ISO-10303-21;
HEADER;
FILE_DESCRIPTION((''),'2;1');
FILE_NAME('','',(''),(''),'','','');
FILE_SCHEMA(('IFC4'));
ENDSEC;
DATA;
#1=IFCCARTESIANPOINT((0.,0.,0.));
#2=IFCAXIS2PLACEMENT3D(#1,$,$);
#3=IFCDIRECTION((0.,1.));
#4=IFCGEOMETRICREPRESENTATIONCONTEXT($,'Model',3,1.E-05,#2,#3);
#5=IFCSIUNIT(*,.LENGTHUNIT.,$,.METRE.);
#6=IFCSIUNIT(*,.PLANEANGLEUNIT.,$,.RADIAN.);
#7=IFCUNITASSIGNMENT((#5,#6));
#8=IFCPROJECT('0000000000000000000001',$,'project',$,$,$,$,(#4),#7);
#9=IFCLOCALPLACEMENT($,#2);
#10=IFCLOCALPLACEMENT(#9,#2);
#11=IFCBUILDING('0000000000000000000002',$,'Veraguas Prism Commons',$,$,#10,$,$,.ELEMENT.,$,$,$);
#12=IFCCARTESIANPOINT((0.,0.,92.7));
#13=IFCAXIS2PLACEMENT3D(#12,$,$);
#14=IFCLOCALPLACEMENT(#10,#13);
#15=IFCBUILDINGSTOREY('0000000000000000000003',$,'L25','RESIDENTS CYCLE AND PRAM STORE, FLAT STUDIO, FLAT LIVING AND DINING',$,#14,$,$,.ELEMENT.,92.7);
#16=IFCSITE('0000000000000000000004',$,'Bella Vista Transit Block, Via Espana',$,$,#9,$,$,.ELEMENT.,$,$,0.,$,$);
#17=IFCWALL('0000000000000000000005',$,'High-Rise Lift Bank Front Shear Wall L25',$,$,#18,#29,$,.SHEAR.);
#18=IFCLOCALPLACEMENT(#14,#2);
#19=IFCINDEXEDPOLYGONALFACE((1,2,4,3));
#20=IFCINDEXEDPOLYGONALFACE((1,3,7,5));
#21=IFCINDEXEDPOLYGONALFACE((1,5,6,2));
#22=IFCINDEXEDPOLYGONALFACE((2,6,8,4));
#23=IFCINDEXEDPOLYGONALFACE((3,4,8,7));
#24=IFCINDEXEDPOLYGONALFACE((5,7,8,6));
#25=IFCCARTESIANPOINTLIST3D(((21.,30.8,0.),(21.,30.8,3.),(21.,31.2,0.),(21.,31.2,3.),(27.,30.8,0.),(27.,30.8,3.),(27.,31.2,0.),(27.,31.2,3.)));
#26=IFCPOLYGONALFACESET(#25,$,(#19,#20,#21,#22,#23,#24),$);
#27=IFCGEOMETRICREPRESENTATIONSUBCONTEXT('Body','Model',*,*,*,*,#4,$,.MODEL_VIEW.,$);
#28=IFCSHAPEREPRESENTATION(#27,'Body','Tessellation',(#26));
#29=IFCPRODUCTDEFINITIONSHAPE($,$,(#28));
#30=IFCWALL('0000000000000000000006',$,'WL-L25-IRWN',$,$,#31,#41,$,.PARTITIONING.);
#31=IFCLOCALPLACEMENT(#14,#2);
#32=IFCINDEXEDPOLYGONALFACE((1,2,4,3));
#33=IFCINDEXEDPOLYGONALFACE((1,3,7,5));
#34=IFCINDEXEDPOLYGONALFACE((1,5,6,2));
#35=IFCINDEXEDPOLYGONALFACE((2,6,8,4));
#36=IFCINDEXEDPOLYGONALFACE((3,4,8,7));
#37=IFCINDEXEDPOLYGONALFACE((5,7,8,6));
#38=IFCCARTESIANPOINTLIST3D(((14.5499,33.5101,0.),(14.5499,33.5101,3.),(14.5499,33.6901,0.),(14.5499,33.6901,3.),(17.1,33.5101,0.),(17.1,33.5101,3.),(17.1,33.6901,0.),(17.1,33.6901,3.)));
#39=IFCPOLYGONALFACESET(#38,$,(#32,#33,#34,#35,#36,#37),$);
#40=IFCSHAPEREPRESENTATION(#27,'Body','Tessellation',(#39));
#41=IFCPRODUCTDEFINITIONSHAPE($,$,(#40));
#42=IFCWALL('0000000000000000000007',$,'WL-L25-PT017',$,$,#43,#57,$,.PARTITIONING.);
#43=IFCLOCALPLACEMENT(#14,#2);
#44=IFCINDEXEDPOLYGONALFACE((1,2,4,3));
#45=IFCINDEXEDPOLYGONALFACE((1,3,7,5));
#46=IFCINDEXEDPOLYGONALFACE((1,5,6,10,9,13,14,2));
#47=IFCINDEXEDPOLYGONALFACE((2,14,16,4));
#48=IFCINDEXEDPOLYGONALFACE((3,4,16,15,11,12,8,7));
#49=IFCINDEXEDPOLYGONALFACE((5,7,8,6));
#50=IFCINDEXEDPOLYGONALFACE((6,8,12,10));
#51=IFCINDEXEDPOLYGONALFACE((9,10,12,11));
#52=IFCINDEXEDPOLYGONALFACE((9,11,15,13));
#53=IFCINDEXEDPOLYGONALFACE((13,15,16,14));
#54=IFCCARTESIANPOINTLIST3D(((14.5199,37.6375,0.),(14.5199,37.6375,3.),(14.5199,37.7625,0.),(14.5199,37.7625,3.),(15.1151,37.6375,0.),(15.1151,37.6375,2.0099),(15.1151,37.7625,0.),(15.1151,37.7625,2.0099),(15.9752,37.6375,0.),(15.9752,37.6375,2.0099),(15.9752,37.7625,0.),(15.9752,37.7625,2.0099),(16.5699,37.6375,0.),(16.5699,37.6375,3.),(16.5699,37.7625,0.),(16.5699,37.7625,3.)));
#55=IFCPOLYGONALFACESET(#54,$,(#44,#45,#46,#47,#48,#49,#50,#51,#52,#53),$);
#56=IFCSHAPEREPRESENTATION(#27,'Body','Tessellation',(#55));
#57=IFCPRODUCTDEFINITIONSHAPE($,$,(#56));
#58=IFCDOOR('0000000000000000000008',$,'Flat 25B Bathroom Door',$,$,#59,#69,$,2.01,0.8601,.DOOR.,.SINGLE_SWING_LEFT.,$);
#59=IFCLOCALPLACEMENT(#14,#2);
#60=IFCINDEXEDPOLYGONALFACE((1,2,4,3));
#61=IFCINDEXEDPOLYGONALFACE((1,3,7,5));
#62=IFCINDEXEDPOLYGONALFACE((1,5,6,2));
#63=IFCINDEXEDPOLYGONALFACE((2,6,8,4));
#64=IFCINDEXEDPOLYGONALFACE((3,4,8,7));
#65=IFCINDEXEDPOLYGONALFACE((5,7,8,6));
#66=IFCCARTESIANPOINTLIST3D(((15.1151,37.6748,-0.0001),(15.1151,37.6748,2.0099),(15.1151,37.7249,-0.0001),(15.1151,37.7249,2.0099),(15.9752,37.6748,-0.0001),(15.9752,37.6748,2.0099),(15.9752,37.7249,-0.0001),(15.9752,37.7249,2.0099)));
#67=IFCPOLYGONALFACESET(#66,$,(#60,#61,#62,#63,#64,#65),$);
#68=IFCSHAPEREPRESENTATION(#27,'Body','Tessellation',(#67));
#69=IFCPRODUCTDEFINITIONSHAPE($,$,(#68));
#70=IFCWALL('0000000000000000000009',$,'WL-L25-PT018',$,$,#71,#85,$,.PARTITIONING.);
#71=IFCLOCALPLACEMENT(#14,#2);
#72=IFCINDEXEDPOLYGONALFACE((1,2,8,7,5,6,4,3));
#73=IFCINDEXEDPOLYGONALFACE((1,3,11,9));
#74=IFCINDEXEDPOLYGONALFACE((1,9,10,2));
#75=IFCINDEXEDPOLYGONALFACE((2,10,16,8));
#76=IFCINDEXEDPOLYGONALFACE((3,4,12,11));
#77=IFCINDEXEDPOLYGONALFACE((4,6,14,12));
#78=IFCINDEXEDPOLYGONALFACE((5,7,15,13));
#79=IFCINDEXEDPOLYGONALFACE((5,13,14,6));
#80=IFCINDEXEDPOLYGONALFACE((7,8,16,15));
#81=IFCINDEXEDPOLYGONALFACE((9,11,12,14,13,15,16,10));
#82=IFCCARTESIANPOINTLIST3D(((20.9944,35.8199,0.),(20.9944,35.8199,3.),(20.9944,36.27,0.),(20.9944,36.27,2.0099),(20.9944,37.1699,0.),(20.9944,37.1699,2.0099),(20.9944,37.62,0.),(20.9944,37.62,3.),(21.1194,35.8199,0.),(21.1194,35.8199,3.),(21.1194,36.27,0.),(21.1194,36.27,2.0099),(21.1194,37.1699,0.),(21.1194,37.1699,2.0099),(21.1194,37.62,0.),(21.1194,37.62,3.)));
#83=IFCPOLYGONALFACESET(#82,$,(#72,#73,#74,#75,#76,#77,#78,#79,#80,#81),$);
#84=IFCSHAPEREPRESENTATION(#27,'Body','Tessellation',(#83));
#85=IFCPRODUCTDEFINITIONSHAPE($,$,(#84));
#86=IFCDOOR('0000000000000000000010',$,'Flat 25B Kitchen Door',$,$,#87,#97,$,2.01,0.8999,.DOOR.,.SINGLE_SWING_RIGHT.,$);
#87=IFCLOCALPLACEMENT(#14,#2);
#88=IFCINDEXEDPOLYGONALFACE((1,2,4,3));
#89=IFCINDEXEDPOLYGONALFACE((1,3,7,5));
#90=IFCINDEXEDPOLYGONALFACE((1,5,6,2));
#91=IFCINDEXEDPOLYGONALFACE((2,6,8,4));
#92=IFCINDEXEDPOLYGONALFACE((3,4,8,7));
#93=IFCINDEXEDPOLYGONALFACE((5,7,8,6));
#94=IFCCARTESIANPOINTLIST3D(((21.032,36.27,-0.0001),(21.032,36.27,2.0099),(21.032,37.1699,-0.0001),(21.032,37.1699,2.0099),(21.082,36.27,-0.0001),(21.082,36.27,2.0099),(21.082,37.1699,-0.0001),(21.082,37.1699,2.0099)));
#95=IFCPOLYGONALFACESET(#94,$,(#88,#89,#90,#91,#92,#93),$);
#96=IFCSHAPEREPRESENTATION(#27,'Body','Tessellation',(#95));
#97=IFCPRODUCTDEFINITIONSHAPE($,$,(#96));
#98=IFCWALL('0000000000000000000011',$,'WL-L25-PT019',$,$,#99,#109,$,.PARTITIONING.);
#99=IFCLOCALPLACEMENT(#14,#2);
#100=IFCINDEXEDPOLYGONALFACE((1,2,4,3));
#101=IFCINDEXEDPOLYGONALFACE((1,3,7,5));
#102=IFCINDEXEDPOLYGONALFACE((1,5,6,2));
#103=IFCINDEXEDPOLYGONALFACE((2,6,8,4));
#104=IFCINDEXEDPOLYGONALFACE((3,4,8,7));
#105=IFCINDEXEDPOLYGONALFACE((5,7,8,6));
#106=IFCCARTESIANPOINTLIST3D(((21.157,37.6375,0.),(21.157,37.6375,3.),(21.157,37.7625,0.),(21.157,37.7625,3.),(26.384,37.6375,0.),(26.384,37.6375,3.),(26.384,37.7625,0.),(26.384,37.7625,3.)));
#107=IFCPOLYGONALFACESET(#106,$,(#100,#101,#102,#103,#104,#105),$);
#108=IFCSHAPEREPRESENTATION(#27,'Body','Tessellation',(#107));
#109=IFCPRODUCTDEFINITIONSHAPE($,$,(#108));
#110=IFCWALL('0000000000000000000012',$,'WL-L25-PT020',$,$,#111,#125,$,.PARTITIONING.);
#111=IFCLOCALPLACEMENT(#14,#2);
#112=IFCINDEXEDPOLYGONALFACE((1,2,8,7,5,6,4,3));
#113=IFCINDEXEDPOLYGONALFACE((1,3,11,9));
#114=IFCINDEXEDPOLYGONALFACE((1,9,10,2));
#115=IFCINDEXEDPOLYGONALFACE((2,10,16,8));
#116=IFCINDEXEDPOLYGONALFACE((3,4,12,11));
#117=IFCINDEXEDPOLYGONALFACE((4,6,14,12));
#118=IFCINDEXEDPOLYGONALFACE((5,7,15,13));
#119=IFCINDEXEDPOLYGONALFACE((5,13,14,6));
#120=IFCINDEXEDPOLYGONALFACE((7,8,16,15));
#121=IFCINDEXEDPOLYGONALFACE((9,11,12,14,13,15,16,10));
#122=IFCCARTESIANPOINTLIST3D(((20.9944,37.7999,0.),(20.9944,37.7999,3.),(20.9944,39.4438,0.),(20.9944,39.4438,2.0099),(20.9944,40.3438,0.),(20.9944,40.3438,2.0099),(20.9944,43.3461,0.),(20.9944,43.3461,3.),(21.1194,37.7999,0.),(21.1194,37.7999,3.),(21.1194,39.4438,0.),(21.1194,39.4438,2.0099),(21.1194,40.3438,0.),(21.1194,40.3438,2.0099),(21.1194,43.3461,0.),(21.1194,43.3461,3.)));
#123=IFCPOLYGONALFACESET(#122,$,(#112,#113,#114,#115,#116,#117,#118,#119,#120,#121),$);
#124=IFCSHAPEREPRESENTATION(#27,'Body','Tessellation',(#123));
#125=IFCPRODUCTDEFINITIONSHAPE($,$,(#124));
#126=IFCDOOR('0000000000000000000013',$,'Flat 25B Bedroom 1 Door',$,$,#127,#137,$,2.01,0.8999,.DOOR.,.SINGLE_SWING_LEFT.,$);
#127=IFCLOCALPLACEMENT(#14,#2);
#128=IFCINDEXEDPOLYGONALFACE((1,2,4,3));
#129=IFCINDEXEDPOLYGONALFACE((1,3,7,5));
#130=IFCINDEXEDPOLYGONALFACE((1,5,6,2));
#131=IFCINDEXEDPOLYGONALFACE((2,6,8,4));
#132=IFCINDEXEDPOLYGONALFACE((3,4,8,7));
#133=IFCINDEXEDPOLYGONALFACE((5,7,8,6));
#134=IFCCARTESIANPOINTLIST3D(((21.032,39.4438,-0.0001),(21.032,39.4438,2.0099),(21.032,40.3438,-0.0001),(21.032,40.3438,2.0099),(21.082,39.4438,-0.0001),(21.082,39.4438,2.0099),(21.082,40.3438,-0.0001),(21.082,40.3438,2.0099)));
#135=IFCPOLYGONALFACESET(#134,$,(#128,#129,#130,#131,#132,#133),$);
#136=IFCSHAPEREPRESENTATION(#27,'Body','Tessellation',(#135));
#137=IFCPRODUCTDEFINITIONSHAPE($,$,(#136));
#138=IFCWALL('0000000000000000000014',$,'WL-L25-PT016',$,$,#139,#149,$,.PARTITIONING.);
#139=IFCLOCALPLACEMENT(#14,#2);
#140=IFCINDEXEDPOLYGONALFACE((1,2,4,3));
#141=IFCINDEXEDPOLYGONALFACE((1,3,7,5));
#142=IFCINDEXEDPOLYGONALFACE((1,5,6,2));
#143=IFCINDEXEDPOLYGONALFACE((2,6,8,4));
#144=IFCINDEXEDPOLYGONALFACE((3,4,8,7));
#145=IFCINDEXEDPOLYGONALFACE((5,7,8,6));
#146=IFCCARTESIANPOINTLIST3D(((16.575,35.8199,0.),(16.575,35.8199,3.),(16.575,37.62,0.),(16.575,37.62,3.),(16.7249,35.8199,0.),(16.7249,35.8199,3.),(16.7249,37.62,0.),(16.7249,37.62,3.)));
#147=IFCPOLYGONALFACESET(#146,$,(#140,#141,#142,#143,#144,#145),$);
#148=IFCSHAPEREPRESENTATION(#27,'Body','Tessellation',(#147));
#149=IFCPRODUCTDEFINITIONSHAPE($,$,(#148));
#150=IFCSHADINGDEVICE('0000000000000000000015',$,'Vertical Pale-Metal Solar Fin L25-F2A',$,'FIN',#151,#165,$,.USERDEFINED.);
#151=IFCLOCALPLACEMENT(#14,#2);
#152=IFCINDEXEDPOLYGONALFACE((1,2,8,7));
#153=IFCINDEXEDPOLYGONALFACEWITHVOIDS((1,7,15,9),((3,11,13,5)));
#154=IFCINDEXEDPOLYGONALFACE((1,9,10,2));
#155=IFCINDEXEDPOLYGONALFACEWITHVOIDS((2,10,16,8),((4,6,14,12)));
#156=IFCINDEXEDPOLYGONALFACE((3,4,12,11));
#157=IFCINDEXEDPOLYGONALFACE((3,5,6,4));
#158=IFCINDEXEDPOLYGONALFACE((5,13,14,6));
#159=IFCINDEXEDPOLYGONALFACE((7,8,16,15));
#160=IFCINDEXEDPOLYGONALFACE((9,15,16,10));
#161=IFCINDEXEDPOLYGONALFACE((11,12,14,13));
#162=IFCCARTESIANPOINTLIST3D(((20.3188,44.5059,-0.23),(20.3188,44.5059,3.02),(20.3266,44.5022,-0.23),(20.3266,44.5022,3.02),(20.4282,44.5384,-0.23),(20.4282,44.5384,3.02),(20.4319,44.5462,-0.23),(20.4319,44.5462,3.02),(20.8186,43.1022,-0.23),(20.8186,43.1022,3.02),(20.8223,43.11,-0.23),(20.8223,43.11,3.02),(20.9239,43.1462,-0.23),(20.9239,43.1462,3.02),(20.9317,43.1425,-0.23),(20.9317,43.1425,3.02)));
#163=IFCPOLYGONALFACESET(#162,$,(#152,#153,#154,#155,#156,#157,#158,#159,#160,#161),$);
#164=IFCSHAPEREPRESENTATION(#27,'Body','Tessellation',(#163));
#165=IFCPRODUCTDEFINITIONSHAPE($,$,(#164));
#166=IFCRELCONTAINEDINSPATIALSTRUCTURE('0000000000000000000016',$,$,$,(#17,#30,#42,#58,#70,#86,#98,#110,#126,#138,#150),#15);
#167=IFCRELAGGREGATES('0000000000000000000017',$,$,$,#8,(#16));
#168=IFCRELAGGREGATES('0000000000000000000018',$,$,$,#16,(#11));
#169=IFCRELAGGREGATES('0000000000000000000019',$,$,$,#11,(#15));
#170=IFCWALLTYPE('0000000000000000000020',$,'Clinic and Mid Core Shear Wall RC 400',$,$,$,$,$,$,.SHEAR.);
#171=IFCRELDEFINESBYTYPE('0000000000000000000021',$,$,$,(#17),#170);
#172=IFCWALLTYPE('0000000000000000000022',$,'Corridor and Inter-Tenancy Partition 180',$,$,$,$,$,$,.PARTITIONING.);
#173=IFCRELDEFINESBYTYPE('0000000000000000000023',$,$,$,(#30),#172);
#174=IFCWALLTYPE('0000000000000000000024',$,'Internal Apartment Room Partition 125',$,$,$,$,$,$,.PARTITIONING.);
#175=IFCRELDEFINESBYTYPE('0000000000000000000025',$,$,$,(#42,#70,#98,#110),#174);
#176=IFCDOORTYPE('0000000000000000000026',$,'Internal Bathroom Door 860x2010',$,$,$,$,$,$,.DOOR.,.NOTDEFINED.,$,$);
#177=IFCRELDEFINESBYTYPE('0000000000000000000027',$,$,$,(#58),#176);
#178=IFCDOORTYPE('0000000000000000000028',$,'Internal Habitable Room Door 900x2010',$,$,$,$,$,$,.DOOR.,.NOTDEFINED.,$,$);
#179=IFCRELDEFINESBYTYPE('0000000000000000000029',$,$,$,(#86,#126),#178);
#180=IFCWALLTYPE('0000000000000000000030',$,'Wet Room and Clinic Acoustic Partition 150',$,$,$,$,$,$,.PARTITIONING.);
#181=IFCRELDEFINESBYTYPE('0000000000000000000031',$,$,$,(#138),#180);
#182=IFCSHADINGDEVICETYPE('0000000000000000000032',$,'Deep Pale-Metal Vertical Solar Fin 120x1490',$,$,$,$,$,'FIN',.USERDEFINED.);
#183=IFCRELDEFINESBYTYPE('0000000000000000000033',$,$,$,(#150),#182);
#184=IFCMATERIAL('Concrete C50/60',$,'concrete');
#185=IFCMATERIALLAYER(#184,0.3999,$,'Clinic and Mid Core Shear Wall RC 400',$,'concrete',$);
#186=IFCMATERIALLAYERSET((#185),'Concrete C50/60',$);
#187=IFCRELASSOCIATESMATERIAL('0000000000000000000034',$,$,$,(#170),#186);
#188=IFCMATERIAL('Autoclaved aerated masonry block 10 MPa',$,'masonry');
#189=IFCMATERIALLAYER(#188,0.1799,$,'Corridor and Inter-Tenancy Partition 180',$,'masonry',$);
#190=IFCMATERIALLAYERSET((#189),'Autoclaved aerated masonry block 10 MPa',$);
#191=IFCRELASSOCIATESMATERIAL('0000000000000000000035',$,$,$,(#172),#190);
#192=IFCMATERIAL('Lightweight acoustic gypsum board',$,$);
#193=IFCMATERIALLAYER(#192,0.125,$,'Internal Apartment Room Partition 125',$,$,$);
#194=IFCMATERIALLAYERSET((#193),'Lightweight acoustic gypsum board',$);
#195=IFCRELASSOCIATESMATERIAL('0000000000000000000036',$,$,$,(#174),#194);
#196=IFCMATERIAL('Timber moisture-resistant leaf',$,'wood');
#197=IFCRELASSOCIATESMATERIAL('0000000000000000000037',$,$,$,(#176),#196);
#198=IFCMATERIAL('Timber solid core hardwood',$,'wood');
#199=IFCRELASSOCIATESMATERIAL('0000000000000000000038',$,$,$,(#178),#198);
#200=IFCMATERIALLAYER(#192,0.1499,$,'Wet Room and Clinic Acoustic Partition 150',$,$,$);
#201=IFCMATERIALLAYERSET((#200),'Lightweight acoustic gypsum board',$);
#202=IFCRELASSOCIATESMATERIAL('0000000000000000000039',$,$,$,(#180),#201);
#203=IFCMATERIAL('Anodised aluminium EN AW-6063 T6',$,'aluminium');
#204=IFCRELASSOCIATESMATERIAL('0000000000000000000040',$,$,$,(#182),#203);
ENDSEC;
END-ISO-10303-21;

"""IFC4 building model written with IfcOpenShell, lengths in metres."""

from ifc_helpers import new_model, si_unit, direction, frame, frame_2d, origin, origin_2d, place, context, subcontext, project, spatial, rectangle, hollow_rectangle, extrude, source, transform, mapped, material, layer, layer_set, material_profile, profile_set, type_object, element, fill, save


model = new_model("IFC4")

# Units and contexts
model_context = context("Model", 3, precision=1e-05, world=origin(), true_north=direction((0.0, 1.0)))
body_context = subcontext(model_context, "Body", "Model", "MODEL_VIEW")
ifc_project = project(units=[si_unit("LENGTHUNIT", "METRE"), si_unit("PLANEANGLEUNIT", "RADIAN")], contexts=[model_context])

# Site, building, storey
site_placement = place(None, origin())
site = spatial("IfcSite", under=ifc_project, at=site_placement, Name="Bella Vista Transit Block, Via Espana", CompositionType="ELEMENT", RefElevation=0.0)
building_placement = place(site_placement, origin())
building = spatial("IfcBuilding", under=site, at=building_placement, Name="Veraguas Prism Commons", CompositionType="ELEMENT")
storey_placement = place(building_placement, frame((0.0, 0.0, 92.7)))
storey = spatial("IfcBuildingStorey", under=building, at=storey_placement, Name="L25", Description="RESIDENTS CYCLE AND PRAM STORE, FLAT STUDIO, FLAT LIVING AND DINING", CompositionType="ELEMENT", Elevation=92.7)

# Shared definitions
ifc_material_1 = material(Name="Concrete C50/60", Category="concrete")

# Shared definitions
ifc_material_2 = material(Name="Anodised aluminium EN AW-6063 T6", Category="aluminium")

# Walls
ifc_layer_1 = layer(ifc_material_1, 0.3999, Name="Clinic and Mid Core Shear Wall RC 400", Category="concrete")
ifc_layer_set_1 = layer_set([ifc_layer_1], Name="Concrete C50/60")
wall_type_1 = type_object("IfcWallType", Name="Clinic and Mid Core Shear Wall RC 400", PredefinedType="SHEAR", material=ifc_layer_set_1)
wall_1_placement = place(storey_placement, frame((21.0, 31.0, 0.0), z_axis=(0.0, 0.0, 1.0), x_axis=(1.0, 0.0, 0.0)))
element("IfcWall", 1, at=wall_1_placement, inside=storey, type_object=wall_type_1, Name="High-Rise Lift Bank Front Shear Wall L25", PredefinedType="SHEAR", context=body_context, shape_type="SweptSolid", body=[
    extrude(rectangle(XDim=6.0, YDim=0.3999, at=frame_2d((3.0, 0.0))), origin(), (0.0, 0.0, 1.0), 3.0),
])
ifc_material_3 = material(Name="Autoclaved aerated masonry block 10 MPa", Category="masonry")
ifc_layer_2 = layer(ifc_material_3, 0.1799, Name="Corridor and Inter-Tenancy Partition 180", Category="masonry")
ifc_layer_set_2 = layer_set([ifc_layer_2], Name="Autoclaved aerated masonry block 10 MPa")
wall_type_2 = type_object("IfcWallType", Name="Corridor and Inter-Tenancy Partition 180", PredefinedType="PARTITIONING", material=ifc_layer_set_2)
wall_2_placement = place(storey_placement, frame((14.55, 33.6001, 0.0), z_axis=(0.0, 0.0, 1.0), x_axis=(1.0, 0.0, 0.0)))
element("IfcWall", 2, at=wall_2_placement, inside=storey, type_object=wall_type_2, Name="WL-L25-IRWN", PredefinedType="PARTITIONING", context=body_context, shape_type="SweptSolid", body=[
    extrude(rectangle(XDim=2.55, YDim=0.1799, at=frame_2d((1.2749, 0.0))), origin(), (0.0, 0.0, 1.0), 3.0),
])

# Walls, openings, doors
ifc_material_4 = material(Name="Lightweight acoustic gypsum board")
ifc_layer_3 = layer(ifc_material_4, 0.125, Name="Internal Apartment Room Partition 125")
ifc_layer_set_3 = layer_set([ifc_layer_3], Name="Lightweight acoustic gypsum board")
wall_type_3 = type_object("IfcWallType", Name="Internal Apartment Room Partition 125", PredefinedType="PARTITIONING", material=ifc_layer_set_3)
wall_3_placement = place(storey_placement, frame((14.52, 37.7, 0.0), z_axis=(0.0, 0.0, 1.0), x_axis=(1.0, 0.0, 0.0)))
wall_3 = element("IfcWall", 3, at=wall_3_placement, inside=storey, type_object=wall_type_3, Name="WL-L25-PT017", PredefinedType="PARTITIONING", context=body_context, shape_type="SweptSolid", body=[
    extrude(rectangle(XDim=2.05, YDim=0.125, at=frame_2d((1.0249, 0.0))), origin(), (0.0, 0.0, 1.0), 3.0),
])
opening_1_placement = place(wall_3_placement, frame((0.595, 0.0, 0.0)))
opening_1 = element("IfcOpeningElement", 4, at=opening_1_placement, cuts=wall_3, PredefinedType="OPENING", context=body_context, shape_type="SweptSolid", body=[
    extrude(rectangle(XDim=0.8601, YDim=2.01, at=frame_2d((0.4302, 1.0049))), frame((0.0, 0.0725, 0.0), z_axis=(0.0, -1.0, 0.0), x_axis=(1.0, 0.0, 0.0)), (0.0, 0.0, 1.0), 0.145),
])
ifc_material_5 = material(Name="Timber moisture-resistant leaf", Category="wood")
door_type_1 = type_object("IfcDoorType", Name="Internal Bathroom Door 860x2010", OperationType="NOTDEFINED", PredefinedType="DOOR", material=ifc_material_5)
shared_shape_1 = source(origin(), body_context, "Body", "SweptSolid", [
    extrude(rectangle(XDim=0.8601, YDim=2.01, at=frame_2d((0.4302, 1.0049))), frame((0.0, 0.0249, 0.0), z_axis=(0.0, -1.0, 0.0), x_axis=(1.0, 0.0, 0.0)), (0.0, 0.0, 1.0), 0.05),
])
door_1_placement = place(opening_1_placement, origin())
door_1 = element("IfcDoor", 5, at=door_1_placement, inside=storey, type_object=door_type_1, Name="Flat 25B Bathroom Door", OperationType="SINGLE_SWING_LEFT", OverallHeight=2.01, OverallWidth=0.8601, PredefinedType="DOOR", context=body_context, shape_type="MappedRepresentation", body=[
    mapped(shared_shape_1, transform((0.0, 0.0, 0.0), scale=1.0)),
])
fill(opening_1, door_1)
wall_4_placement = place(storey_placement, frame((21.0569, 35.8201, 0.0), z_axis=(0.0, 0.0, 1.0), x_axis=(0.0, 1.0, 0.0)))
wall_4 = element("IfcWall", 6, at=wall_4_placement, inside=storey, type_object=wall_type_3, Name="WL-L25-PT018", PredefinedType="PARTITIONING", context=body_context, shape_type="SweptSolid", body=[
    extrude(rectangle(XDim=1.8, YDim=0.125, at=frame_2d((0.8999, 0.0))), origin(), (0.0, 0.0, 1.0), 3.0),
])
opening_2_placement = place(wall_4_placement, frame((0.45, 0.0, 0.0)))
opening_2 = element("IfcOpeningElement", 7, at=opening_2_placement, cuts=wall_4, PredefinedType="OPENING", context=body_context, shape_type="SweptSolid", body=[
    extrude(rectangle(XDim=0.8999, YDim=2.01, at=frame_2d((0.45, 1.0049))), frame((0.0, 0.0725, 0.0), z_axis=(0.0, -1.0, 0.0), x_axis=(1.0, 0.0, 0.0)), (0.0, 0.0, 1.0), 0.145),
])
ifc_material_6 = material(Name="Timber solid core hardwood", Category="wood")
door_type_2 = type_object("IfcDoorType", Name="Internal Habitable Room Door 900x2010", OperationType="NOTDEFINED", PredefinedType="DOOR", material=ifc_material_6)
shared_shape_2 = source(origin(), body_context, "Body", "SweptSolid", [
    extrude(rectangle(XDim=0.8999, YDim=2.01, at=frame_2d((0.45, 1.0049))), frame((0.0, 0.0249, 0.0), z_axis=(0.0, -1.0, 0.0), x_axis=(1.0, 0.0, 0.0)), (0.0, 0.0, 1.0), 0.05),
])
door_2_placement = place(opening_2_placement, origin())
door_2 = element("IfcDoor", 8, at=door_2_placement, inside=storey, type_object=door_type_2, Name="Flat 25B Kitchen Door", OperationType="SINGLE_SWING_RIGHT", OverallHeight=2.01, OverallWidth=0.8999, PredefinedType="DOOR", context=body_context, shape_type="MappedRepresentation", body=[
    mapped(shared_shape_2, transform((0.0, 0.0, 0.0), scale=1.0)),
])
fill(opening_2, door_2)

# Wall
wall_5_placement = place(storey_placement, frame((21.157, 37.7, 0.0), z_axis=(0.0, 0.0, 1.0), x_axis=(1.0, 0.0, 0.0)))
element("IfcWall", 9, at=wall_5_placement, inside=storey, type_object=wall_type_3, Name="WL-L25-PT019", PredefinedType="PARTITIONING", context=body_context, shape_type="SweptSolid", body=[
    extrude(rectangle(XDim=5.2271, YDim=0.125, at=frame_2d((2.6135, 0.0))), origin(), (0.0, 0.0, 1.0), 3.0),
])

# Wall, opening, door
wall_6_placement = place(storey_placement, frame((21.0569, 37.8, 0.0), z_axis=(0.0, 0.0, 1.0), x_axis=(0.0, 1.0, 0.0)))
wall_6 = element("IfcWall", 10, at=wall_6_placement, inside=storey, type_object=wall_type_3, Name="WL-L25-PT020", PredefinedType="PARTITIONING", context=body_context, shape_type="SweptSolid", body=[
    extrude(rectangle(XDim=5.5461, YDim=0.125, at=frame_2d((2.7729, 0.0))), origin(), (0.0, 0.0, 1.0), 3.0),
])
opening_3_placement = place(wall_6_placement, frame((1.6438, 0.0, 0.0)))
opening_3 = element("IfcOpeningElement", 11, at=opening_3_placement, cuts=wall_6, PredefinedType="OPENING", context=body_context, shape_type="SweptSolid", body=[
    extrude(rectangle(XDim=0.8999, YDim=2.01, at=frame_2d((0.45, 1.0049))), frame((0.0, 0.0725, 0.0), z_axis=(0.0, -1.0, 0.0), x_axis=(1.0, 0.0, 0.0)), (0.0, 0.0, 1.0), 0.145),
])
door_3_placement = place(opening_3_placement, origin())
door_3 = element("IfcDoor", 12, at=door_3_placement, inside=storey, type_object=door_type_2, Name="Flat 25B Bedroom 1 Door", OperationType="SINGLE_SWING_LEFT", OverallHeight=2.01, OverallWidth=0.8999, PredefinedType="DOOR", context=body_context, shape_type="MappedRepresentation", body=[
    mapped(shared_shape_2, transform((0.0, 0.0, 0.0), scale=1.0)),
])
fill(opening_3, door_3)

# Wall
ifc_layer_4 = layer(ifc_material_4, 0.1499, Name="Wet Room and Clinic Acoustic Partition 150")
ifc_layer_set_4 = layer_set([ifc_layer_4], Name="Lightweight acoustic gypsum board")
wall_type_4 = type_object("IfcWallType", Name="Wet Room and Clinic Acoustic Partition 150", PredefinedType="PARTITIONING", material=ifc_layer_set_4)
wall_7_placement = place(storey_placement, frame((16.6499, 35.8201, 0.0), z_axis=(0.0, 0.0, 1.0), x_axis=(0.0, 1.0, 0.0)))
element("IfcWall", 13, at=wall_7_placement, inside=storey, type_object=wall_type_4, Name="WL-L25-PT016", PredefinedType="PARTITIONING", context=body_context, shape_type="SweptSolid", body=[
    extrude(rectangle(XDim=1.8, YDim=0.1499, at=frame_2d((0.8999, 0.0))), origin(), (0.0, 0.0, 1.0), 3.0),
])

# Shading device
ifc_material_profile_1 = material_profile(ifc_material_2, hollow_rectangle(XDim=0.1201, YDim=1.49, WallThickness=0.0061, at=origin_2d()), Name="FIN120X1490X6")
ifc_profile_set_1 = profile_set([ifc_material_profile_1], Name="Anodised aluminium EN AW-6063 T6")
shading_device_type = type_object("IfcShadingDeviceType", Name="Deep Pale-Metal Vertical Solar Fin 120x1490", ElementType="FIN", PredefinedType="USERDEFINED", material=ifc_profile_set_1)
shading_device_placement = place(storey_placement, frame((20.6252, 43.8242, -0.23), z_axis=(0.0, 0.0, 1.0), x_axis=(-0.942056, -0.335455, 0.0)))
element("IfcShadingDevice", 14, at=shading_device_placement, inside=storey, type_object=shading_device_type, Name="Vertical Pale-Metal Solar Fin L25-F2A", ObjectType="FIN", PredefinedType="USERDEFINED", context=body_context, shape_type="SweptSolid", body=[
    extrude(hollow_rectangle(XDim=0.1201, YDim=1.49, WallThickness=0.0061, at=origin_2d()), origin(), (0.0, 0.0, 1.0), 3.25),
])

save(model, "model.ifc")
